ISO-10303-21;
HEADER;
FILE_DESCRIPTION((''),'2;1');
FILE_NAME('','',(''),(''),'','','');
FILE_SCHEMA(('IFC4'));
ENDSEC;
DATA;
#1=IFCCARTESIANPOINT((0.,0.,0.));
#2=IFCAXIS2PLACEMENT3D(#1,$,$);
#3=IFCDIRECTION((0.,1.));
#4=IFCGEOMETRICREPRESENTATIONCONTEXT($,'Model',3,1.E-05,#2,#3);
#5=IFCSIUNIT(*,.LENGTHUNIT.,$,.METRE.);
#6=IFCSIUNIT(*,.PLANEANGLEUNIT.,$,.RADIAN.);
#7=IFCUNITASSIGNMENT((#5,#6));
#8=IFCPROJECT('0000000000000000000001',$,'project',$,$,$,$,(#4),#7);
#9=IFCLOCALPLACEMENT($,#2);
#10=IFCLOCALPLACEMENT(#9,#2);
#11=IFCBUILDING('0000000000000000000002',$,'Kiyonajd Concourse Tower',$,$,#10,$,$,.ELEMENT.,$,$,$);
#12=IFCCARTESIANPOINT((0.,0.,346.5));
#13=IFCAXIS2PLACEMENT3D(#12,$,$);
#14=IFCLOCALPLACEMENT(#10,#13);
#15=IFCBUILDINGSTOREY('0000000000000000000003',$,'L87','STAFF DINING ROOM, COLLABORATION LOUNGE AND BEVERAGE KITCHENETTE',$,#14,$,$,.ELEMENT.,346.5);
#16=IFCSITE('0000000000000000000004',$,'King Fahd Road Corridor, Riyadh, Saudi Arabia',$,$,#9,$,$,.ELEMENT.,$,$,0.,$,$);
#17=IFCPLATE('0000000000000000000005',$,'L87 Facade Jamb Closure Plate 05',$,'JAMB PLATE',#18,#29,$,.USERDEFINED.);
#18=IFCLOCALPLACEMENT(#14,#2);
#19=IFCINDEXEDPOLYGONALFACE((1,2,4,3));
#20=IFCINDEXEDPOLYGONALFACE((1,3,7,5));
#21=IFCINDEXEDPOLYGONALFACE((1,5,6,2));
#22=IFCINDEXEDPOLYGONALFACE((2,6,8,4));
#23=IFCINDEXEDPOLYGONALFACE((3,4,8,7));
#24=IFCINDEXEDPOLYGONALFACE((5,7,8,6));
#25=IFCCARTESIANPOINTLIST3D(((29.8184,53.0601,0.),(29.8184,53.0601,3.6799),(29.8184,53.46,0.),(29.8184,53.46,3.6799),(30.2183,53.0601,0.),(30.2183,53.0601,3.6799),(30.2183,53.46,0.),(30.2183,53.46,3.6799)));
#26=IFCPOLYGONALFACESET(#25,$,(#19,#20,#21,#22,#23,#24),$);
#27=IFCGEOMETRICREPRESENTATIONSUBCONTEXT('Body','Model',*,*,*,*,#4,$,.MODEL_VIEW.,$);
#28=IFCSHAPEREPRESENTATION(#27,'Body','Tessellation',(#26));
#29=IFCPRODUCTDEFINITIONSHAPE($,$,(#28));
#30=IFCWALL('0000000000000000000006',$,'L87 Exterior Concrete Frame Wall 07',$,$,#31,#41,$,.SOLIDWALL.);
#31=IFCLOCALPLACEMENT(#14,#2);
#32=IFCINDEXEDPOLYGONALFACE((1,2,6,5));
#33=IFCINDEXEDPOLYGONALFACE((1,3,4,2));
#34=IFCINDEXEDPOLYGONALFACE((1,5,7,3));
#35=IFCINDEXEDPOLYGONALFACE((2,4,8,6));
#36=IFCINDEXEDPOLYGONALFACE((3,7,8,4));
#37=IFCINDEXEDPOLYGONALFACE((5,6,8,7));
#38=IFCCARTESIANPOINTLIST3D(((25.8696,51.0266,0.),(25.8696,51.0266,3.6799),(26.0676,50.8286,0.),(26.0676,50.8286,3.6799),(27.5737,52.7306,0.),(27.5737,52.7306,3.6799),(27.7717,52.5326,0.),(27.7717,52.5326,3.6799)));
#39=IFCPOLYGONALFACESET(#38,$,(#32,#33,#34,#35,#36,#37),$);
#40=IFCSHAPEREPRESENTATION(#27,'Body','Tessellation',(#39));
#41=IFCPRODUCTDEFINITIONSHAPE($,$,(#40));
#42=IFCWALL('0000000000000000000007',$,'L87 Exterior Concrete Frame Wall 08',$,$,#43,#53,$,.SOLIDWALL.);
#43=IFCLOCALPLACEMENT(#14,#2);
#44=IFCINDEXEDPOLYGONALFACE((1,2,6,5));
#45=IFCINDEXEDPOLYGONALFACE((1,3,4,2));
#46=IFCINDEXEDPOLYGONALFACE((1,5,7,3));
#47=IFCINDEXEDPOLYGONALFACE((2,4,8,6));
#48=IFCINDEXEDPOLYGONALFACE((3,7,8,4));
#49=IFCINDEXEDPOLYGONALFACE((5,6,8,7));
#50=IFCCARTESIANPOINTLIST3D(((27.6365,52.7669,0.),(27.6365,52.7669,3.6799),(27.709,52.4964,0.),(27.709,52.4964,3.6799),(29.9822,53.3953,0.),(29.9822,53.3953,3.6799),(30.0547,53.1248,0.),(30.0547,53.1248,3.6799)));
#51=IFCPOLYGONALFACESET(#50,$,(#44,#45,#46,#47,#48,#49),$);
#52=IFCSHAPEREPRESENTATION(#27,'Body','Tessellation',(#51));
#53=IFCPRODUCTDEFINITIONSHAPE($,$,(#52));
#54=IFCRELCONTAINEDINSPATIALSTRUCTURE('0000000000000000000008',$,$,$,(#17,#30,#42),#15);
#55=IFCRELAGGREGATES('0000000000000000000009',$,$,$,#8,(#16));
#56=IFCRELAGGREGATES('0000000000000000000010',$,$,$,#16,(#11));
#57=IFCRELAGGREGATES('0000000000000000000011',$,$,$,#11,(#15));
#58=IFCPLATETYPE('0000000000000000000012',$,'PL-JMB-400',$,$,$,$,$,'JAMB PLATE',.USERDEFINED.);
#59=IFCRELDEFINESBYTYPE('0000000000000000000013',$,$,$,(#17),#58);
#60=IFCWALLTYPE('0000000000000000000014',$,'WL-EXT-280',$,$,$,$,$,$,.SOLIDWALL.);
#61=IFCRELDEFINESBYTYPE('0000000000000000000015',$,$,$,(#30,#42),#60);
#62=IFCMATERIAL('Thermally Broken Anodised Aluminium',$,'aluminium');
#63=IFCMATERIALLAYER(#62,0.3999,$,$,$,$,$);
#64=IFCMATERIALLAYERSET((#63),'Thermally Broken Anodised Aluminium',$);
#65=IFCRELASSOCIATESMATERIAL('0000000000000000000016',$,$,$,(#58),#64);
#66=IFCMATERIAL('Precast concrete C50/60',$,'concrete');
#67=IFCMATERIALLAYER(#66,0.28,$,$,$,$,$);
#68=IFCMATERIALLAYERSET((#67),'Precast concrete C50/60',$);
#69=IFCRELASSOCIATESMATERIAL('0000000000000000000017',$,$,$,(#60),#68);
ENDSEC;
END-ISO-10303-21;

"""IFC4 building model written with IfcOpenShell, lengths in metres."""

from ifc_helpers import new_model, si_unit, direction, frame, frame_2d, origin, origin_2d, place, context, subcontext, project, spatial, rectangle, extrude, material, layer, layer_set, type_object, element, save


model = new_model("IFC4")

# Units and contexts
model_context = context("Model", 3, precision=1e-05, world=origin(), true_north=direction((0.0, 1.0)))
body_context = subcontext(model_context, "Body", "Model", "MODEL_VIEW")
ifc_project = project(units=[si_unit("LENGTHUNIT", "METRE"), si_unit("PLANEANGLEUNIT", "RADIAN")], contexts=[model_context])

# Site, building, storey
site_placement = place(None, origin())
site = spatial("IfcSite", under=ifc_project, at=site_placement, Name="King Fahd Road Corridor, Riyadh, Saudi Arabia", CompositionType="ELEMENT", RefElevation=0.0)
building_placement = place(site_placement, origin())
building = spatial("IfcBuilding", under=site, at=building_placement, Name="Kiyonajd Concourse Tower", CompositionType="ELEMENT")
storey_placement = place(building_placement, frame((0.0, 0.0, 346.5)))
storey = spatial("IfcBuildingStorey", under=building, at=storey_placement, Name="L87", Description="STAFF DINING ROOM, COLLABORATION LOUNGE AND BEVERAGE KITCHENETTE", CompositionType="ELEMENT", Elevation=346.5)

# Shared definitions
ifc_material_1 = material(Name="Thermally Broken Anodised Aluminium", Category="aluminium")

# Plate
ifc_layer_1 = layer(ifc_material_1, 0.3999)
ifc_layer_set_1 = layer_set([ifc_layer_1], Name="Thermally Broken Anodised Aluminium")
plate_type_1 = type_object("IfcPlateType", Name="PL-JMB-400", ElementType="JAMB PLATE", PredefinedType="USERDEFINED", material=ifc_layer_set_1)
plate_1_placement = place(storey_placement, frame((30.0183, 53.26, 0.0), z_axis=(0.0, 0.0, 1.0), x_axis=(1.0, 0.0, 0.0)))
element("IfcPlate", 1, at=plate_1_placement, inside=storey, type_object=plate_type_1, Name="L87 Facade Jamb Closure Plate 05", ObjectType="JAMB PLATE", PredefinedType="USERDEFINED", context=body_context, shape_type="SweptSolid", body=[
    extrude(rectangle(XDim=0.3999, YDim=0.3999, at=origin_2d()), origin(), (0.0, 0.0, 1.0), 3.6799),
])

# Walls
ifc_material_2 = material(Name="Precast concrete C50/60", Category="concrete")
ifc_layer_2 = layer(ifc_material_2, 0.28)
ifc_layer_set_2 = layer_set([ifc_layer_2], Name="Precast concrete C50/60")
wall_type = type_object("IfcWallType", Name="WL-EXT-280", PredefinedType="SOLIDWALL", material=ifc_layer_set_2)
wall_1_placement = place(storey_placement, frame((25.9685, 50.9275, 0.0), z_axis=(0.0, 0.0, 1.0), x_axis=(0.707107, 0.707107, 0.0)))
element("IfcWall", 2, at=wall_1_placement, inside=storey, type_object=wall_type, Name="L87 Exterior Concrete Frame Wall 07", PredefinedType="SOLIDWALL", context=body_context, shape_type="SweptSolid", body=[
    extrude(rectangle(XDim=2.4099, YDim=0.28, at=frame_2d((1.2051, 0.0))), origin(), (0.0, 0.0, 1.0), 3.6799),
])
wall_2_placement = place(storey_placement, frame((27.6726, 52.6316, 0.0), z_axis=(0.0, 0.0, 1.0), x_axis=(0.965937, 0.258776, 0.0)))
element("IfcWall", 3, at=wall_2_placement, inside=storey, type_object=wall_type, Name="L87 Exterior Concrete Frame Wall 08", PredefinedType="SOLIDWALL", context=body_context, shape_type="SweptSolid", body=[
    extrude(rectangle(XDim=2.4285, YDim=0.28, at=frame_2d((1.2144, 0.0))), origin(), (0.0, 0.0, 1.0), 3.6799),
])

save(model, "model.ifc")
